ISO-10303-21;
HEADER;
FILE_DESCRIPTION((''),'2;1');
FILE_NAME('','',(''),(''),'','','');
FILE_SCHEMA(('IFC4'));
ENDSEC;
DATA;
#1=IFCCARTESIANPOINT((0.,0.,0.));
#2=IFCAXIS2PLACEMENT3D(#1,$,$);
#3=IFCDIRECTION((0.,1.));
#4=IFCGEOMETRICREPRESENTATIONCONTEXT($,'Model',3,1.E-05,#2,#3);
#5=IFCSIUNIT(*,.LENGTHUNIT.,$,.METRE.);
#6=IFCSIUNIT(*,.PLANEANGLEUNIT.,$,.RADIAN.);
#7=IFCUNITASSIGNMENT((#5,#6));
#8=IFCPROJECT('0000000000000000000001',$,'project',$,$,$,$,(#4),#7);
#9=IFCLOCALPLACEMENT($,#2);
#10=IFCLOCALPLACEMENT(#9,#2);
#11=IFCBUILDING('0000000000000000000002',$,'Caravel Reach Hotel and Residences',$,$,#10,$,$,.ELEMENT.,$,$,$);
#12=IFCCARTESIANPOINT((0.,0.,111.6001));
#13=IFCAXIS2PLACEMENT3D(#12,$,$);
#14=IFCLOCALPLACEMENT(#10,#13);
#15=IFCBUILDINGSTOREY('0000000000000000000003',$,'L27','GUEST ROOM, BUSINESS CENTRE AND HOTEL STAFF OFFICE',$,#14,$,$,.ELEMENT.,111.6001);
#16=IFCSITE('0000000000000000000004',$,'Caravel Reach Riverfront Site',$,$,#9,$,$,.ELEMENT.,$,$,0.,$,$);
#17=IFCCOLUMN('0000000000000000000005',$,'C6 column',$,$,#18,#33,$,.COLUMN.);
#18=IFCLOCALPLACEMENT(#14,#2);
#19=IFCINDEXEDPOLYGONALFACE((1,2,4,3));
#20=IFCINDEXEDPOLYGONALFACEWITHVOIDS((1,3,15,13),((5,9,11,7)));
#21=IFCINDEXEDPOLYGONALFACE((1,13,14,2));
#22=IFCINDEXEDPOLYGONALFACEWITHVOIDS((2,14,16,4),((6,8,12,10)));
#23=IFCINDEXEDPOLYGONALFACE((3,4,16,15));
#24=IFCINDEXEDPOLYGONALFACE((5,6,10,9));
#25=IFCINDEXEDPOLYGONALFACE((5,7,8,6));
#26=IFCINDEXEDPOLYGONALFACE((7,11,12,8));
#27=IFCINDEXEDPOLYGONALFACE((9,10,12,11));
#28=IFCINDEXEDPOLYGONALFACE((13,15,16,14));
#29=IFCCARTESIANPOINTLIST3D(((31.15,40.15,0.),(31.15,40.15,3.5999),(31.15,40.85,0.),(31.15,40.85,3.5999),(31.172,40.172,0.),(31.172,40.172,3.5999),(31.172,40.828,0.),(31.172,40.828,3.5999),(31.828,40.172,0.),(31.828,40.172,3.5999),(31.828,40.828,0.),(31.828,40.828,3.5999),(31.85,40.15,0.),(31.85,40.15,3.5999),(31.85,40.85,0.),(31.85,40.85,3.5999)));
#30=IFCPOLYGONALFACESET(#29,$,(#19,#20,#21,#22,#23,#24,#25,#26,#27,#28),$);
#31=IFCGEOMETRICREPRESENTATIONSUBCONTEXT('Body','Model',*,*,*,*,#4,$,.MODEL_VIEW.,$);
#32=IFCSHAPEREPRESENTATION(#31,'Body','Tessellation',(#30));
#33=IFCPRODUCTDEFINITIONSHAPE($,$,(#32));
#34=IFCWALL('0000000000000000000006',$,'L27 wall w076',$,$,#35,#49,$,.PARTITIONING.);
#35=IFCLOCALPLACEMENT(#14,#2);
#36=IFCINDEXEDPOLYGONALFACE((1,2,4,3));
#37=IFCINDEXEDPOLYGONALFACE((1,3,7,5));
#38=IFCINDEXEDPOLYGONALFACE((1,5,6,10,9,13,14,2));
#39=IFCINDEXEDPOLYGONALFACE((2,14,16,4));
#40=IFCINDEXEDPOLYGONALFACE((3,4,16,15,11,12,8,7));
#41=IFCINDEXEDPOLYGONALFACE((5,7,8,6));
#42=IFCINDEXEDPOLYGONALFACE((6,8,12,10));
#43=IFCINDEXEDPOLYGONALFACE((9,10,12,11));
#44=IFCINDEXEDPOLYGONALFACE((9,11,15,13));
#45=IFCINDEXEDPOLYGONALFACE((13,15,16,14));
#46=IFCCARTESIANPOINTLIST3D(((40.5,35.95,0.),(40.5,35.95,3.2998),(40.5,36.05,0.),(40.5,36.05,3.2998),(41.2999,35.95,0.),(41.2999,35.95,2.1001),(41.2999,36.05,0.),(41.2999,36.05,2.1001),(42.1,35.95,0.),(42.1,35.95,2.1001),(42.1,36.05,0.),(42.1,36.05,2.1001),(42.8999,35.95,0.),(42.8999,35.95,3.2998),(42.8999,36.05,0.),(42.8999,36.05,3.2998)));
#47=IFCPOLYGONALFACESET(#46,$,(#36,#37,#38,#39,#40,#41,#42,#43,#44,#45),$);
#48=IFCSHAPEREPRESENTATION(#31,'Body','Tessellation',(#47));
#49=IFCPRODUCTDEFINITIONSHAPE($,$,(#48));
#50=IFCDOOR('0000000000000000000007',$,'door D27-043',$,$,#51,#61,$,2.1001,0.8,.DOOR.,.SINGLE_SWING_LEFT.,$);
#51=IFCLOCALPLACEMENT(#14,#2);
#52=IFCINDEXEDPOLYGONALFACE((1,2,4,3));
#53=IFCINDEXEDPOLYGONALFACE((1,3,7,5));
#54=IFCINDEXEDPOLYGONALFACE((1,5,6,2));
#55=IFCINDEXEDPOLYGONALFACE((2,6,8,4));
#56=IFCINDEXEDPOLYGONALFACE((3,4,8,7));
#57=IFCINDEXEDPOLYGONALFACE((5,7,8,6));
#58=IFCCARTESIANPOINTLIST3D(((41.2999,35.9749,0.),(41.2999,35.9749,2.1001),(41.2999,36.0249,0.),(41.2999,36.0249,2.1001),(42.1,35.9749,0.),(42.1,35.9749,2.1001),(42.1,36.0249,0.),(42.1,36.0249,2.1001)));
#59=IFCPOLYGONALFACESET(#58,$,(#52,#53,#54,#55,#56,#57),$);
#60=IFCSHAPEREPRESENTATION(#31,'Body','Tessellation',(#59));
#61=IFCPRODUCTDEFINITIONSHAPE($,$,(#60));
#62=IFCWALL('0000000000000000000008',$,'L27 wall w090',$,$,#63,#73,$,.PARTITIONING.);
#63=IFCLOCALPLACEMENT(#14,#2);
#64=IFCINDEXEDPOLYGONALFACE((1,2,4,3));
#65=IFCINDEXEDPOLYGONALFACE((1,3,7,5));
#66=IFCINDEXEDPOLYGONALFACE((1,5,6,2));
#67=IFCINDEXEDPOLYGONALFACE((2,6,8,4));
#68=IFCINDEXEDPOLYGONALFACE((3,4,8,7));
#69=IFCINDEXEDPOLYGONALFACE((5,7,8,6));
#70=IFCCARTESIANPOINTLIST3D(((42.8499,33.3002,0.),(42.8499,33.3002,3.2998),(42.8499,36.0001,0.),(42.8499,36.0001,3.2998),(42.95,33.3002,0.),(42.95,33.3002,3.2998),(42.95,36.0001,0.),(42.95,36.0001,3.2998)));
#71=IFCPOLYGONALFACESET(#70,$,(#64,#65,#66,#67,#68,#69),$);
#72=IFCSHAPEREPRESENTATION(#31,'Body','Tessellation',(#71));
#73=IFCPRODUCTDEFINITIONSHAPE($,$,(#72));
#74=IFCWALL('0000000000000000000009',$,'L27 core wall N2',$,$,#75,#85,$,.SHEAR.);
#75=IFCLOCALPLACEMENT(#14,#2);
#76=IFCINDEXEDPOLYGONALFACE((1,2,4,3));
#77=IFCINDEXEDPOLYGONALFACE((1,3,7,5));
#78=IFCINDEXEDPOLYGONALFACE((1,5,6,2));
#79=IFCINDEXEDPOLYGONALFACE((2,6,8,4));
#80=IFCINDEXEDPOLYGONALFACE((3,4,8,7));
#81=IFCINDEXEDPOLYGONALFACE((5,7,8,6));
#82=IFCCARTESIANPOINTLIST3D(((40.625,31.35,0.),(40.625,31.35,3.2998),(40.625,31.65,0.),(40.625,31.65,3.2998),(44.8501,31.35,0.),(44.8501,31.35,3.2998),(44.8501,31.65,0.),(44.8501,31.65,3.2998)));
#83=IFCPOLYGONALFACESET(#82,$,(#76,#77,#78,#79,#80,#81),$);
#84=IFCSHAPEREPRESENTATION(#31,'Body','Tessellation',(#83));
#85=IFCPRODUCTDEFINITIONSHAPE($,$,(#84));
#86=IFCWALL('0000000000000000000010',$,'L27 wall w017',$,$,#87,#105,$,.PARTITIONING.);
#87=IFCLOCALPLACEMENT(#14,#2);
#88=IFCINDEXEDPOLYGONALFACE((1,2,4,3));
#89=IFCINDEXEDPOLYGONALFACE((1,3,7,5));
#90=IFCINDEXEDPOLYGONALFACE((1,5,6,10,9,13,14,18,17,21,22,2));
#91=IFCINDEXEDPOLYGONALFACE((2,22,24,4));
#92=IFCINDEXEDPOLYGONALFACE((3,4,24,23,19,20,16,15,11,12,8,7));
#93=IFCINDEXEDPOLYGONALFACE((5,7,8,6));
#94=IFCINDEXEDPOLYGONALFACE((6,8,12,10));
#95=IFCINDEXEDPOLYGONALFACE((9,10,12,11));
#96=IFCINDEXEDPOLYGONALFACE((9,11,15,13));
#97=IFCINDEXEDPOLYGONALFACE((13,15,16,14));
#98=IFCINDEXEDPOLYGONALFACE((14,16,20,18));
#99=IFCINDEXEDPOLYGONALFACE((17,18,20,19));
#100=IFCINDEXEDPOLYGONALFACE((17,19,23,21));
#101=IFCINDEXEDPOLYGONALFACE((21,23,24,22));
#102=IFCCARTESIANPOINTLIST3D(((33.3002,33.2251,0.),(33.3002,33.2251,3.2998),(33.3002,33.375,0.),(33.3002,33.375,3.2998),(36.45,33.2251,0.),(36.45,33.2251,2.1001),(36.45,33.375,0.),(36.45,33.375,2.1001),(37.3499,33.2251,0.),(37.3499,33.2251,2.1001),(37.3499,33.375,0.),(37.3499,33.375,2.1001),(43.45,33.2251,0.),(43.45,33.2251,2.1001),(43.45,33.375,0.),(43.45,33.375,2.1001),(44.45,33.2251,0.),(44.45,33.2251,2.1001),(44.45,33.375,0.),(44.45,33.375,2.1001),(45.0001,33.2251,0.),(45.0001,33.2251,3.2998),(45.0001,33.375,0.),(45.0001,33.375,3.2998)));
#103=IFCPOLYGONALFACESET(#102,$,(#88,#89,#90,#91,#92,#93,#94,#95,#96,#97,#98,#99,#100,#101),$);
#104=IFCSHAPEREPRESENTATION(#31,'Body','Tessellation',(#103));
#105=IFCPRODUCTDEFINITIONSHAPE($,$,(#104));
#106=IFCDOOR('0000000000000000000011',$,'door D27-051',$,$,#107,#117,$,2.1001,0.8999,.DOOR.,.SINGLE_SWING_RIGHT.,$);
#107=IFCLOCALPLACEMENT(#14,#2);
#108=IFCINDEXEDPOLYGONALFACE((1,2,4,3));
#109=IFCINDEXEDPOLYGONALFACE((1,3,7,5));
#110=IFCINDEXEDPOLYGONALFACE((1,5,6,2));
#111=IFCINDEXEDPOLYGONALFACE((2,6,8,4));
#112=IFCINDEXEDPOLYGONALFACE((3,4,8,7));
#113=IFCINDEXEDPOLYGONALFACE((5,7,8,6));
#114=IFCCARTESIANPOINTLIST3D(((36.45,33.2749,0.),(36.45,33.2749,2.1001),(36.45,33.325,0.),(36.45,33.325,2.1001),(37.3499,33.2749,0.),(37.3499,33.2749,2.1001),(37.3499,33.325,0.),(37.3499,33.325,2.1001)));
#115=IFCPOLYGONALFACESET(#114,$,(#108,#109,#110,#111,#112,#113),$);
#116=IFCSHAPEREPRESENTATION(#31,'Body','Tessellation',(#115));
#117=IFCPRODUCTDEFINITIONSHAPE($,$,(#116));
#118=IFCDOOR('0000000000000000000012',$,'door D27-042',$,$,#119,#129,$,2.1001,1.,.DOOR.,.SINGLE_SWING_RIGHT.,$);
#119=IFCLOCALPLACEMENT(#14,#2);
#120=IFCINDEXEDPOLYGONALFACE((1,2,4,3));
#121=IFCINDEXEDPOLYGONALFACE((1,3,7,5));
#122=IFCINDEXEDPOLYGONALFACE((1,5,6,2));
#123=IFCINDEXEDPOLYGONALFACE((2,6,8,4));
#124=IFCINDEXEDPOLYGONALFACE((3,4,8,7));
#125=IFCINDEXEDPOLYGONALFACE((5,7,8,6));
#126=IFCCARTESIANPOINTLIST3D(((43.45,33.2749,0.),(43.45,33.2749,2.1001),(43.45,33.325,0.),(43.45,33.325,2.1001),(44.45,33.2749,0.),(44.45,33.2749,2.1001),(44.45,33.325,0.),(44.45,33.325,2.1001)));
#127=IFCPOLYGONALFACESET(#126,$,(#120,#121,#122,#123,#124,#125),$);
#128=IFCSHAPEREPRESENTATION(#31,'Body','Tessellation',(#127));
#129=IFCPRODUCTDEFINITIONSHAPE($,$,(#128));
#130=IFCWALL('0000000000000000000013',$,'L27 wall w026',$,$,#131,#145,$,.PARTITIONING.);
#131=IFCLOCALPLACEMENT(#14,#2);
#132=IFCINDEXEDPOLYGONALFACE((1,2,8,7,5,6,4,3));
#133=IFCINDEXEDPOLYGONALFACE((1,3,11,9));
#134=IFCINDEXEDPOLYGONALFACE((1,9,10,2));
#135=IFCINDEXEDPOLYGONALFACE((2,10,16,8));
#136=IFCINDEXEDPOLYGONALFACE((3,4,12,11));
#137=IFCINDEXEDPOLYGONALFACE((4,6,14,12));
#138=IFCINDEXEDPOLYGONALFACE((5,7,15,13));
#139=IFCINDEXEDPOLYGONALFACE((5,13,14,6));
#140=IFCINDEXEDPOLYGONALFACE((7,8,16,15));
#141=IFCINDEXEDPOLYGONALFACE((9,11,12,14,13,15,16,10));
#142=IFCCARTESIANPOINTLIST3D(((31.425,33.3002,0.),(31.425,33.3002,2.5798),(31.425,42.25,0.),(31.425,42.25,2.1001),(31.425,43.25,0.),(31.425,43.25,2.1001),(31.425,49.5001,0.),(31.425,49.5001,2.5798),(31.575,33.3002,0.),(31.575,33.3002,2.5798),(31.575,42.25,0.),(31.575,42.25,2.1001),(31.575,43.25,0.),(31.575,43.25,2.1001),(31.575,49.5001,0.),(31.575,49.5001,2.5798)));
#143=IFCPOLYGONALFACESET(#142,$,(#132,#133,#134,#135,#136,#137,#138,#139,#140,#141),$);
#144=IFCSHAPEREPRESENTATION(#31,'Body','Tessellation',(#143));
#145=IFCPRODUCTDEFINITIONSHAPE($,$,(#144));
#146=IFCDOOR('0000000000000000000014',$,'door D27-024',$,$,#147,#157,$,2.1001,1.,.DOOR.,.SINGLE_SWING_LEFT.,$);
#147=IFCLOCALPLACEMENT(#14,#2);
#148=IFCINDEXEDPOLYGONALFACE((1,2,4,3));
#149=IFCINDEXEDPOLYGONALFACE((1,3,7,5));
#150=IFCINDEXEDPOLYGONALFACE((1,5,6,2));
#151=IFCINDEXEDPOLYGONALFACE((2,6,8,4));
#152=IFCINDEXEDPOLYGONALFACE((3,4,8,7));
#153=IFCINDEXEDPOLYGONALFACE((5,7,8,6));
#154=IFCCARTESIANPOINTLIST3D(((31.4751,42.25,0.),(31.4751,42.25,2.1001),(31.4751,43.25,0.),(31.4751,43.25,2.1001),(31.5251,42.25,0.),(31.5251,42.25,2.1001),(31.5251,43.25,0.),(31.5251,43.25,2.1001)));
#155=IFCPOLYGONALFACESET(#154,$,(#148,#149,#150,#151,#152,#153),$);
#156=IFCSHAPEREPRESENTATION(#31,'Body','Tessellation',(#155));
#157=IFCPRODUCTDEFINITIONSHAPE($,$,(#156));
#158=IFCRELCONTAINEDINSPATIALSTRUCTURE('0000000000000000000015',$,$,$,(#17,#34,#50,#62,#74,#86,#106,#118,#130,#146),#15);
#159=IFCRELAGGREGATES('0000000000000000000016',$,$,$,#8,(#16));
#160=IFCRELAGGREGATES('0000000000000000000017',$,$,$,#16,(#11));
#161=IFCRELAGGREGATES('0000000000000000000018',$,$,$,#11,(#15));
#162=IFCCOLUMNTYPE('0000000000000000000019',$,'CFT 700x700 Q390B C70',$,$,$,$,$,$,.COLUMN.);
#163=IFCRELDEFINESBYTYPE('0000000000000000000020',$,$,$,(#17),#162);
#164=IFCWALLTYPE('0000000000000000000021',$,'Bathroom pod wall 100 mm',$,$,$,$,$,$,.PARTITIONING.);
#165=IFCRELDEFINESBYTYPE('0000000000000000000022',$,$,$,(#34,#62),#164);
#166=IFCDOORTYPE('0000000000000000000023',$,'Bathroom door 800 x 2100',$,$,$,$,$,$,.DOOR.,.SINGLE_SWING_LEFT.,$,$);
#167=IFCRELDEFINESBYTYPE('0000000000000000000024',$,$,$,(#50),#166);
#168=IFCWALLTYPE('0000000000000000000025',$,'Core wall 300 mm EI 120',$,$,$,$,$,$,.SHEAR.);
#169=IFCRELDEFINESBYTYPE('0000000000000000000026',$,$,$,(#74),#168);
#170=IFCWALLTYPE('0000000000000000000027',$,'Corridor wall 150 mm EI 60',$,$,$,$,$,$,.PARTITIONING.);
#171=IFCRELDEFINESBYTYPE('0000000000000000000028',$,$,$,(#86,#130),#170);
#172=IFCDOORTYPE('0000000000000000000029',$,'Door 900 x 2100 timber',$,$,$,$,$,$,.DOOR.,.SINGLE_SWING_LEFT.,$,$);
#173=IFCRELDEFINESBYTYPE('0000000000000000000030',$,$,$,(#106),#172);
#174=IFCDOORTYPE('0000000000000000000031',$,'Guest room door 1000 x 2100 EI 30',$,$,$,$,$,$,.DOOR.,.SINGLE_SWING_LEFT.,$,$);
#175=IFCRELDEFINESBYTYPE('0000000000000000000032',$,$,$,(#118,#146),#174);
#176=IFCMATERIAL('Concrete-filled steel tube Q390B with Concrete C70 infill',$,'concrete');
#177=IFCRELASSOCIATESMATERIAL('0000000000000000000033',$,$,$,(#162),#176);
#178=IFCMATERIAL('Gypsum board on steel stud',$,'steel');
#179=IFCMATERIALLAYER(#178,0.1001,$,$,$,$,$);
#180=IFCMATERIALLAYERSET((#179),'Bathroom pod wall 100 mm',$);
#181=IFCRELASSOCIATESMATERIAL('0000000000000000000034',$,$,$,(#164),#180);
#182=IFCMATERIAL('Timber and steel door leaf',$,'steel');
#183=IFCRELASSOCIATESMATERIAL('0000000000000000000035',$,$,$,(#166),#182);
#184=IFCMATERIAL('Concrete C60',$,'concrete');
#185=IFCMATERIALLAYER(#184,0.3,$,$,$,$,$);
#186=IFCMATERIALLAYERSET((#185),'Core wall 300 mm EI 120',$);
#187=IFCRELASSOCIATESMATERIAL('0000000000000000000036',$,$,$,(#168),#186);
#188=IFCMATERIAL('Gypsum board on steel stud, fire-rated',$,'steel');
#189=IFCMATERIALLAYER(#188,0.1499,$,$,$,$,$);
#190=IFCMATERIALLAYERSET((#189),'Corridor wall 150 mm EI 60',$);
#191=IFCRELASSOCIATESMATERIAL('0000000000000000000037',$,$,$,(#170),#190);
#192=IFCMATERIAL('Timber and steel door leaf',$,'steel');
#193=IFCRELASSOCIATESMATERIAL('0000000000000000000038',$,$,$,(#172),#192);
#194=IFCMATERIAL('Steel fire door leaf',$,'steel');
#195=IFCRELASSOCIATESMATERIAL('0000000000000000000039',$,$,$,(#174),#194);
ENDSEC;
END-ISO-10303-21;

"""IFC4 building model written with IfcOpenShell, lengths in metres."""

from ifc_helpers import new_model, si_unit, direction, frame, frame_2d, origin, origin_2d, place, context, subcontext, project, spatial, rectangle, hollow_rectangle, extrude, material, layer, layer_set, material_profile, profile_set, type_object, element, fill, save


model = new_model("IFC4")

# Units and contexts
model_context = context("Model", 3, precision=1e-05, world=origin(), true_north=direction((0.0, 1.0)))
body_context = subcontext(model_context, "Body", "Model", "MODEL_VIEW")
ifc_project = project(units=[si_unit("LENGTHUNIT", "METRE"), si_unit("PLANEANGLEUNIT", "RADIAN")], contexts=[model_context])

# Site, building, storey
site_placement = place(None, origin())
site = spatial("IfcSite", under=ifc_project, at=site_placement, Name="Caravel Reach Riverfront Site", CompositionType="ELEMENT", RefElevation=0.0)
building_placement = place(site_placement, origin())
building = spatial("IfcBuilding", under=site, at=building_placement, Name="Caravel Reach Hotel and Residences", CompositionType="ELEMENT")
storey_placement = place(building_placement, frame((0.0, 0.0, 111.6001)))
storey = spatial("IfcBuildingStorey", under=building, at=storey_placement, Name="L27", Description="GUEST ROOM, BUSINESS CENTRE AND HOTEL STAFF OFFICE", CompositionType="ELEMENT", Elevation=111.6001)

# Column
ifc_material_1 = material(Name="Concrete-filled steel tube Q390B with Concrete C70 infill", Category="concrete")
ifc_material_profile = material_profile(ifc_material_1, hollow_rectangle(XDim=0.7, YDim=0.7, WallThickness=0.022, at=origin_2d()), Name="RHS 700x700x22")
ifc_profile_set = profile_set([ifc_material_profile], Name="Concrete-filled steel tube Q390B with Concrete C70 infill")
column_type = type_object("IfcColumnType", Name="CFT 700x700 Q390B C70", PredefinedType="COLUMN", material=ifc_profile_set)
column_placement = place(storey_placement, frame((31.5, 40.5, 0.0), z_axis=(0.0, 0.0, 1.0), x_axis=(1.0, 0.0, 0.0)))
element("IfcColumn", 1, at=column_placement, inside=storey, type_object=column_type, Name="C6 column", PredefinedType="COLUMN", context=body_context, shape_type="SweptSolid", body=[
    extrude(hollow_rectangle(XDim=0.7, YDim=0.7, WallThickness=0.022, at=origin_2d()), origin(), (0.0, 0.0, 1.0), 3.5999),
])

# Wall, opening, door
ifc_material_2 = material(Name="Gypsum board on steel stud", Category="steel")
ifc_layer_1 = layer(ifc_material_2, 0.1001)
ifc_layer_set_1 = layer_set([ifc_layer_1], Name="Bathroom pod wall 100 mm")
wall_type_1 = type_object("IfcWallType", Name="Bathroom pod wall 100 mm", PredefinedType="PARTITIONING", material=ifc_layer_set_1)
wall_1_placement = place(storey_placement, frame((40.5, 36.0, 0.0), z_axis=(0.0, 0.0, 1.0), x_axis=(1.0, 0.0, 0.0)))
wall_1 = element("IfcWall", 2, at=wall_1_placement, inside=storey, type_object=wall_type_1, Name="L27 wall w076", PredefinedType="PARTITIONING", context=body_context, shape_type="SweptSolid", body=[
    extrude(rectangle(XDim=2.3999, YDim=0.1001, at=frame_2d((1.2, 0.0))), origin(), (0.0, 0.0, 1.0), 3.2998),
])
opening_1_placement = place(wall_1_placement, frame((0.8, 0.0, 0.0)))
opening_1 = element("IfcOpeningElement", 3, at=opening_1_placement, cuts=wall_1, PredefinedType="OPENING", context=body_context, shape_type="SweptSolid", body=[
    extrude(rectangle(XDim=0.8, YDim=2.1001, at=frame_2d((0.3999, 1.05))), frame((0.0, 0.0601, 0.0), z_axis=(0.0, -1.0, 0.0), x_axis=(1.0, 0.0, 0.0)), (0.0, 0.0, 1.0), 0.1201),
])
ifc_material_3 = material(Name="Timber and steel door leaf", Category="steel")
door_type_1 = type_object("IfcDoorType", Name="Bathroom door 800 x 2100", OperationType="SINGLE_SWING_LEFT", PredefinedType="DOOR", material=ifc_material_3)
door_1_placement = place(opening_1_placement, origin())
door_1 = element("IfcDoor", 4, at=door_1_placement, inside=storey, type_object=door_type_1, Name="door D27-043", OperationType="SINGLE_SWING_LEFT", OverallHeight=2.1001, OverallWidth=0.8, PredefinedType="DOOR", context=body_context, shape_type="SweptSolid", body=[
    extrude(rectangle(XDim=0.8, YDim=2.1001, at=frame_2d((0.3999, 1.05))), frame((0.0, 0.0249, 0.0), z_axis=(0.0, -1.0, 0.0), x_axis=(1.0, 0.0, 0.0)), (0.0, 0.0, 1.0), 0.05),
])
fill(opening_1, door_1)

# Walls
wall_2_placement = place(storey_placement, frame((42.8999, 33.3, 0.0), z_axis=(0.0, 0.0, 1.0), x_axis=(0.0, 1.0, 0.0)))
element("IfcWall", 5, at=wall_2_placement, inside=storey, type_object=wall_type_1, Name="L27 wall w090", PredefinedType="PARTITIONING", context=body_context, shape_type="SweptSolid", body=[
    extrude(rectangle(XDim=2.7, YDim=0.1001, at=frame_2d((1.3501, 0.0))), origin(), (0.0, 0.0, 1.0), 3.2998),
])
ifc_material_4 = material(Name="Concrete C60", Category="concrete")
ifc_layer_2 = layer(ifc_material_4, 0.3)
ifc_layer_set_2 = layer_set([ifc_layer_2], Name="Core wall 300 mm EI 120")
wall_type_2 = type_object("IfcWallType", Name="Core wall 300 mm EI 120", PredefinedType="SHEAR", material=ifc_layer_set_2)
wall_3_placement = place(storey_placement, frame((40.625, 31.5, 0.0), z_axis=(0.0, 0.0, 1.0), x_axis=(1.0, 0.0, 0.0)))
element("IfcWall", 6, at=wall_3_placement, inside=storey, type_object=wall_type_2, Name="L27 core wall N2", PredefinedType="SHEAR", context=body_context, shape_type="SweptSolid", body=[
    extrude(rectangle(XDim=4.2251, YDim=0.3, at=frame_2d((2.1125, 0.0))), origin(), (0.0, 0.0, 1.0), 3.2998),
])

# Wall, openings, doors
ifc_material_5 = material(Name="Gypsum board on steel stud, fire-rated", Category="steel")
ifc_layer_3 = layer(ifc_material_5, 0.1499)
ifc_layer_set_3 = layer_set([ifc_layer_3], Name="Corridor wall 150 mm EI 60")
wall_type_3 = type_object("IfcWallType", Name="Corridor wall 150 mm EI 60", PredefinedType="PARTITIONING", material=ifc_layer_set_3)
wall_4_placement = place(storey_placement, frame((33.3, 33.3, 0.0), z_axis=(0.0, 0.0, 1.0), x_axis=(1.0, 0.0, 0.0)))
wall_4 = element("IfcWall", 7, at=wall_4_placement, inside=storey, type_object=wall_type_3, Name="L27 wall w017", PredefinedType="PARTITIONING", context=body_context, shape_type="SweptSolid", body=[
    extrude(rectangle(XDim=11.7, YDim=0.1499, at=frame_2d((5.8501, 0.0))), origin(), (0.0, 0.0, 1.0), 3.2998),
])
opening_2_placement = place(wall_4_placement, frame((10.1499, 0.0, 0.0)))
opening_2 = element("IfcOpeningElement", 8, at=opening_2_placement, cuts=wall_4, PredefinedType="OPENING", context=body_context, shape_type="SweptSolid", body=[
    extrude(rectangle(XDim=1.0, YDim=2.1001, at=frame_2d((0.5, 1.05))), frame((0.0, 0.085, 0.0), z_axis=(0.0, -1.0, 0.0), x_axis=(1.0, 0.0, 0.0)), (0.0, 0.0, 1.0), 0.1699),
])
opening_3_placement = place(wall_4_placement, frame((3.1499, 0.0, 0.0)))
opening_3 = element("IfcOpeningElement", 9, at=opening_3_placement, cuts=wall_4, PredefinedType="OPENING", context=body_context, shape_type="SweptSolid", body=[
    extrude(rectangle(XDim=0.8999, YDim=2.1001, at=frame_2d((0.45, 1.05))), frame((0.0, 0.085, 0.0), z_axis=(0.0, -1.0, 0.0), x_axis=(1.0, 0.0, 0.0)), (0.0, 0.0, 1.0), 0.1699),
])
ifc_material_6 = material(Name="Timber and steel door leaf", Category="steel")
door_type_2 = type_object("IfcDoorType", Name="Door 900 x 2100 timber", OperationType="SINGLE_SWING_LEFT", PredefinedType="DOOR", material=ifc_material_6)
door_2_placement = place(opening_3_placement, origin())
door_2 = element("IfcDoor", 10, at=door_2_placement, inside=storey, type_object=door_type_2, Name="door D27-051", OperationType="SINGLE_SWING_RIGHT", OverallHeight=2.1001, OverallWidth=0.8999, PredefinedType="DOOR", context=body_context, shape_type="SweptSolid", body=[
    extrude(rectangle(XDim=0.8999, YDim=2.1001, at=frame_2d((0.45, 1.05))), frame((0.0, 0.0249, 0.0), z_axis=(0.0, -1.0, 0.0), x_axis=(1.0, 0.0, 0.0)), (0.0, 0.0, 1.0), 0.05),
])
fill(opening_3, door_2)
ifc_material_7 = material(Name="Steel fire door leaf", Category="steel")
door_type_3 = type_object("IfcDoorType", Name="Guest room door 1000 x 2100 EI 30", OperationType="SINGLE_SWING_LEFT", PredefinedType="DOOR", material=ifc_material_7)
door_3_placement = place(opening_2_placement, origin())
door_3 = element("IfcDoor", 11, at=door_3_placement, inside=storey, type_object=door_type_3, Name="door D27-042", OperationType="SINGLE_SWING_RIGHT", OverallHeight=2.1001, OverallWidth=1.0, PredefinedType="DOOR", context=body_context, shape_type="SweptSolid", body=[
    extrude(rectangle(XDim=1.0, YDim=2.1001, at=frame_2d((0.5, 1.05))), frame((0.0, 0.0249, 0.0), z_axis=(0.0, -1.0, 0.0), x_axis=(1.0, 0.0, 0.0)), (0.0, 0.0, 1.0), 0.05),
])
fill(opening_2, door_3)

# Wall, opening, door
wall_5_placement = place(storey_placement, frame((31.5, 33.3, 0.0), z_axis=(0.0, 0.0, 1.0), x_axis=(0.0, 1.0, 0.0)))
wall_5 = element("IfcWall", 12, at=wall_5_placement, inside=storey, type_object=wall_type_3, Name="L27 wall w026", PredefinedType="PARTITIONING", context=body_context, shape_type="SweptSolid", body=[
    extrude(rectangle(XDim=16.2, YDim=0.1499, at=frame_2d((8.1001, 0.0))), origin(), (0.0, 0.0, 1.0), 2.5798),
])
opening_4_placement = place(wall_5_placement, frame((8.95, 0.0, 0.0)))
opening_4 = element("IfcOpeningElement", 13, at=opening_4_placement, cuts=wall_5, PredefinedType="OPENING", context=body_context, shape_type="SweptSolid", body=[
    extrude(rectangle(XDim=1.0, YDim=2.1001, at=frame_2d((0.5, 1.05))), frame((0.0, 0.085, 0.0), z_axis=(0.0, -1.0, 0.0), x_axis=(1.0, 0.0, 0.0)), (0.0, 0.0, 1.0), 0.1699),
])
door_4_placement = place(opening_4_placement, origin())
door_4 = element("IfcDoor", 14, at=door_4_placement, inside=storey, type_object=door_type_3, Name="door D27-024", OperationType="SINGLE_SWING_LEFT", OverallHeight=2.1001, OverallWidth=1.0, PredefinedType="DOOR", context=body_context, shape_type="SweptSolid", body=[
    extrude(rectangle(XDim=1.0, YDim=2.1001, at=frame_2d((0.5, 1.05))), frame((0.0, 0.0249, 0.0), z_axis=(0.0, -1.0, 0.0), x_axis=(1.0, 0.0, 0.0)), (0.0, 0.0, 1.0), 0.05),
])
fill(opening_4, door_4)

save(model, "model.ifc")
